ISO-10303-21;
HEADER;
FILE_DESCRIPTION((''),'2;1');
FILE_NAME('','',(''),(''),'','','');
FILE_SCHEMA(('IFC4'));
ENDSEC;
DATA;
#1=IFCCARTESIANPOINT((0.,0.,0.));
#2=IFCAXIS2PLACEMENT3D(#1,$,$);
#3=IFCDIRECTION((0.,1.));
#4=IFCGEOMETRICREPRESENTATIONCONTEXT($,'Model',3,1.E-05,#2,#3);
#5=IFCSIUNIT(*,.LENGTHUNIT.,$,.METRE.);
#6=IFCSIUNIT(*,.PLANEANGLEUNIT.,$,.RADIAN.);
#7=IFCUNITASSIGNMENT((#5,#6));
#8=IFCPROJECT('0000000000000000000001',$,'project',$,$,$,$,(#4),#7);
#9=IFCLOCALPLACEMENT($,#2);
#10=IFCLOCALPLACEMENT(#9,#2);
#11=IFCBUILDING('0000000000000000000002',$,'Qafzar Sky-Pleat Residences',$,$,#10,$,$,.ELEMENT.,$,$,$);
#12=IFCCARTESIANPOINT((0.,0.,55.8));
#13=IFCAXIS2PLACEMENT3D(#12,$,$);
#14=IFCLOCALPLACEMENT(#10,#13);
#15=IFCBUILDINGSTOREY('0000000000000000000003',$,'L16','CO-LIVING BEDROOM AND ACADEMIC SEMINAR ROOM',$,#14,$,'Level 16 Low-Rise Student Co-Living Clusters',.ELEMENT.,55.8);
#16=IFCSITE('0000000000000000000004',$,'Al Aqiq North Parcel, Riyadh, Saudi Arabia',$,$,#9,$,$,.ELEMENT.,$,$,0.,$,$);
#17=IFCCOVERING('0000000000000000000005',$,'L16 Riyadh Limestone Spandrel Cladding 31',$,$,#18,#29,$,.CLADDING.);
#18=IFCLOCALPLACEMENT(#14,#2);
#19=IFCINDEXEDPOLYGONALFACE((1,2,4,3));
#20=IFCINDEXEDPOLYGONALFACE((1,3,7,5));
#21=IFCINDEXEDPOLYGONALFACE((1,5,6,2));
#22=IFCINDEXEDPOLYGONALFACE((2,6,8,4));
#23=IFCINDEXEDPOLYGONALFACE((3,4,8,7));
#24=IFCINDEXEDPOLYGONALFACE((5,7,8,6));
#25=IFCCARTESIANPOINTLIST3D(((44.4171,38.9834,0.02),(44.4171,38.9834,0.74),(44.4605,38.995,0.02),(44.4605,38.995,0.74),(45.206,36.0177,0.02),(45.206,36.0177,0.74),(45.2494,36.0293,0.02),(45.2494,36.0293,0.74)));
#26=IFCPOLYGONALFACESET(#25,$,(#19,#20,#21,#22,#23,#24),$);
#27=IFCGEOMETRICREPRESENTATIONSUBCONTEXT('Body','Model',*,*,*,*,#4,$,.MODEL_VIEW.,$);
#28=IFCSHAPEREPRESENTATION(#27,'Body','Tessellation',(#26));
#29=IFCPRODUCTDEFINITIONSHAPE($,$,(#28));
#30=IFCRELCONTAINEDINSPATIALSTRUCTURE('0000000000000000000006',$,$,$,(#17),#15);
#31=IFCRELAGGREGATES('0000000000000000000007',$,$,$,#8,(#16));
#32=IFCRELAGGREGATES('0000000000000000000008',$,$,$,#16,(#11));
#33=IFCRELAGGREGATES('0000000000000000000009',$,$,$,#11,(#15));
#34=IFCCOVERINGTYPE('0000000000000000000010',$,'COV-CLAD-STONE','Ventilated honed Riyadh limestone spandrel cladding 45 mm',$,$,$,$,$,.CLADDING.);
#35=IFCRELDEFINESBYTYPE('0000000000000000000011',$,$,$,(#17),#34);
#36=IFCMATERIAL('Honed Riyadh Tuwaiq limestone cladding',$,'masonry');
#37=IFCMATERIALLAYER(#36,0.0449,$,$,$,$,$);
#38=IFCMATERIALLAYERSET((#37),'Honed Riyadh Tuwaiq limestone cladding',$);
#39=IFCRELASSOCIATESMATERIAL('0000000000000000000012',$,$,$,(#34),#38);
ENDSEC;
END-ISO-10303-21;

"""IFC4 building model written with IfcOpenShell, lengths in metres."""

from ifc_helpers import new_model, si_unit, direction, frame, origin, origin_2d, place, context, subcontext, project, spatial, rectangle, extrude, source, transform, mapped, material, layer, layer_set, type_object, element, save


model = new_model("IFC4")

# Units and contexts
model_context = context("Model", 3, precision=1e-05, world=origin(), true_north=direction((0.0, 1.0)))
body_context = subcontext(model_context, "Body", "Model", "MODEL_VIEW")
ifc_project = project(units=[si_unit("LENGTHUNIT", "METRE"), si_unit("PLANEANGLEUNIT", "RADIAN")], contexts=[model_context])

# Site, building, storey
site_placement = place(None, origin())
site = spatial("IfcSite", under=ifc_project, at=site_placement, Name="Al Aqiq North Parcel, Riyadh, Saudi Arabia", CompositionType="ELEMENT", RefElevation=0.0)
building_placement = place(site_placement, origin())
building = spatial("IfcBuilding", under=site, at=building_placement, Name="Qafzar Sky-Pleat Residences", CompositionType="ELEMENT")
storey_placement = place(building_placement, frame((0.0, 0.0, 55.8)))
storey = spatial("IfcBuildingStorey", under=building, at=storey_placement, Name="L16", Description="CO-LIVING BEDROOM AND ACADEMIC SEMINAR ROOM", LongName="Level 16 Low-Rise Student Co-Living Clusters", CompositionType="ELEMENT", Elevation=55.8)

# Covering
ifc_material_1 = material(Name="Honed Riyadh Tuwaiq limestone cladding", Category="masonry")
ifc_layer_1 = layer(ifc_material_1, 0.0449)
ifc_layer_set_1 = layer_set([ifc_layer_1], Name="Honed Riyadh Tuwaiq limestone cladding")
covering_type = type_object("IfcCoveringType", Name="COV-CLAD-STONE", Description="Ventilated honed Riyadh limestone spandrel cladding 45 mm", PredefinedType="CLADDING", material=ifc_layer_set_1)
shared_shape_1 = source(origin(), body_context, "Body", "SweptSolid", [
    extrude(rectangle(XDim=3.0688, YDim=0.0449, at=origin_2d()), origin(), (0.0, 0.0, 1.0), 0.72),
])
covering_1_placement = place(storey_placement, frame((44.8333, 37.5063, 0.02), z_axis=(0.0, 0.0, 1.0), x_axis=(-0.257075, 0.966391, 0.0)))
element("IfcCovering", 1, at=covering_1_placement, inside=storey, type_object=covering_type, Name="L16 Riyadh Limestone Spandrel Cladding 31", PredefinedType="CLADDING", context=body_context, shape_type="MappedRepresentation", body=[
    mapped(shared_shape_1, transform((0.0, 0.0, 0.0), x_axis=(1.0, 0.0, 0.0), y_axis=(0.0, 1.0, 0.0), z_axis=(0.0, 0.0, 1.0), scale=1.0)),
])

save(model, "model.ifc")
